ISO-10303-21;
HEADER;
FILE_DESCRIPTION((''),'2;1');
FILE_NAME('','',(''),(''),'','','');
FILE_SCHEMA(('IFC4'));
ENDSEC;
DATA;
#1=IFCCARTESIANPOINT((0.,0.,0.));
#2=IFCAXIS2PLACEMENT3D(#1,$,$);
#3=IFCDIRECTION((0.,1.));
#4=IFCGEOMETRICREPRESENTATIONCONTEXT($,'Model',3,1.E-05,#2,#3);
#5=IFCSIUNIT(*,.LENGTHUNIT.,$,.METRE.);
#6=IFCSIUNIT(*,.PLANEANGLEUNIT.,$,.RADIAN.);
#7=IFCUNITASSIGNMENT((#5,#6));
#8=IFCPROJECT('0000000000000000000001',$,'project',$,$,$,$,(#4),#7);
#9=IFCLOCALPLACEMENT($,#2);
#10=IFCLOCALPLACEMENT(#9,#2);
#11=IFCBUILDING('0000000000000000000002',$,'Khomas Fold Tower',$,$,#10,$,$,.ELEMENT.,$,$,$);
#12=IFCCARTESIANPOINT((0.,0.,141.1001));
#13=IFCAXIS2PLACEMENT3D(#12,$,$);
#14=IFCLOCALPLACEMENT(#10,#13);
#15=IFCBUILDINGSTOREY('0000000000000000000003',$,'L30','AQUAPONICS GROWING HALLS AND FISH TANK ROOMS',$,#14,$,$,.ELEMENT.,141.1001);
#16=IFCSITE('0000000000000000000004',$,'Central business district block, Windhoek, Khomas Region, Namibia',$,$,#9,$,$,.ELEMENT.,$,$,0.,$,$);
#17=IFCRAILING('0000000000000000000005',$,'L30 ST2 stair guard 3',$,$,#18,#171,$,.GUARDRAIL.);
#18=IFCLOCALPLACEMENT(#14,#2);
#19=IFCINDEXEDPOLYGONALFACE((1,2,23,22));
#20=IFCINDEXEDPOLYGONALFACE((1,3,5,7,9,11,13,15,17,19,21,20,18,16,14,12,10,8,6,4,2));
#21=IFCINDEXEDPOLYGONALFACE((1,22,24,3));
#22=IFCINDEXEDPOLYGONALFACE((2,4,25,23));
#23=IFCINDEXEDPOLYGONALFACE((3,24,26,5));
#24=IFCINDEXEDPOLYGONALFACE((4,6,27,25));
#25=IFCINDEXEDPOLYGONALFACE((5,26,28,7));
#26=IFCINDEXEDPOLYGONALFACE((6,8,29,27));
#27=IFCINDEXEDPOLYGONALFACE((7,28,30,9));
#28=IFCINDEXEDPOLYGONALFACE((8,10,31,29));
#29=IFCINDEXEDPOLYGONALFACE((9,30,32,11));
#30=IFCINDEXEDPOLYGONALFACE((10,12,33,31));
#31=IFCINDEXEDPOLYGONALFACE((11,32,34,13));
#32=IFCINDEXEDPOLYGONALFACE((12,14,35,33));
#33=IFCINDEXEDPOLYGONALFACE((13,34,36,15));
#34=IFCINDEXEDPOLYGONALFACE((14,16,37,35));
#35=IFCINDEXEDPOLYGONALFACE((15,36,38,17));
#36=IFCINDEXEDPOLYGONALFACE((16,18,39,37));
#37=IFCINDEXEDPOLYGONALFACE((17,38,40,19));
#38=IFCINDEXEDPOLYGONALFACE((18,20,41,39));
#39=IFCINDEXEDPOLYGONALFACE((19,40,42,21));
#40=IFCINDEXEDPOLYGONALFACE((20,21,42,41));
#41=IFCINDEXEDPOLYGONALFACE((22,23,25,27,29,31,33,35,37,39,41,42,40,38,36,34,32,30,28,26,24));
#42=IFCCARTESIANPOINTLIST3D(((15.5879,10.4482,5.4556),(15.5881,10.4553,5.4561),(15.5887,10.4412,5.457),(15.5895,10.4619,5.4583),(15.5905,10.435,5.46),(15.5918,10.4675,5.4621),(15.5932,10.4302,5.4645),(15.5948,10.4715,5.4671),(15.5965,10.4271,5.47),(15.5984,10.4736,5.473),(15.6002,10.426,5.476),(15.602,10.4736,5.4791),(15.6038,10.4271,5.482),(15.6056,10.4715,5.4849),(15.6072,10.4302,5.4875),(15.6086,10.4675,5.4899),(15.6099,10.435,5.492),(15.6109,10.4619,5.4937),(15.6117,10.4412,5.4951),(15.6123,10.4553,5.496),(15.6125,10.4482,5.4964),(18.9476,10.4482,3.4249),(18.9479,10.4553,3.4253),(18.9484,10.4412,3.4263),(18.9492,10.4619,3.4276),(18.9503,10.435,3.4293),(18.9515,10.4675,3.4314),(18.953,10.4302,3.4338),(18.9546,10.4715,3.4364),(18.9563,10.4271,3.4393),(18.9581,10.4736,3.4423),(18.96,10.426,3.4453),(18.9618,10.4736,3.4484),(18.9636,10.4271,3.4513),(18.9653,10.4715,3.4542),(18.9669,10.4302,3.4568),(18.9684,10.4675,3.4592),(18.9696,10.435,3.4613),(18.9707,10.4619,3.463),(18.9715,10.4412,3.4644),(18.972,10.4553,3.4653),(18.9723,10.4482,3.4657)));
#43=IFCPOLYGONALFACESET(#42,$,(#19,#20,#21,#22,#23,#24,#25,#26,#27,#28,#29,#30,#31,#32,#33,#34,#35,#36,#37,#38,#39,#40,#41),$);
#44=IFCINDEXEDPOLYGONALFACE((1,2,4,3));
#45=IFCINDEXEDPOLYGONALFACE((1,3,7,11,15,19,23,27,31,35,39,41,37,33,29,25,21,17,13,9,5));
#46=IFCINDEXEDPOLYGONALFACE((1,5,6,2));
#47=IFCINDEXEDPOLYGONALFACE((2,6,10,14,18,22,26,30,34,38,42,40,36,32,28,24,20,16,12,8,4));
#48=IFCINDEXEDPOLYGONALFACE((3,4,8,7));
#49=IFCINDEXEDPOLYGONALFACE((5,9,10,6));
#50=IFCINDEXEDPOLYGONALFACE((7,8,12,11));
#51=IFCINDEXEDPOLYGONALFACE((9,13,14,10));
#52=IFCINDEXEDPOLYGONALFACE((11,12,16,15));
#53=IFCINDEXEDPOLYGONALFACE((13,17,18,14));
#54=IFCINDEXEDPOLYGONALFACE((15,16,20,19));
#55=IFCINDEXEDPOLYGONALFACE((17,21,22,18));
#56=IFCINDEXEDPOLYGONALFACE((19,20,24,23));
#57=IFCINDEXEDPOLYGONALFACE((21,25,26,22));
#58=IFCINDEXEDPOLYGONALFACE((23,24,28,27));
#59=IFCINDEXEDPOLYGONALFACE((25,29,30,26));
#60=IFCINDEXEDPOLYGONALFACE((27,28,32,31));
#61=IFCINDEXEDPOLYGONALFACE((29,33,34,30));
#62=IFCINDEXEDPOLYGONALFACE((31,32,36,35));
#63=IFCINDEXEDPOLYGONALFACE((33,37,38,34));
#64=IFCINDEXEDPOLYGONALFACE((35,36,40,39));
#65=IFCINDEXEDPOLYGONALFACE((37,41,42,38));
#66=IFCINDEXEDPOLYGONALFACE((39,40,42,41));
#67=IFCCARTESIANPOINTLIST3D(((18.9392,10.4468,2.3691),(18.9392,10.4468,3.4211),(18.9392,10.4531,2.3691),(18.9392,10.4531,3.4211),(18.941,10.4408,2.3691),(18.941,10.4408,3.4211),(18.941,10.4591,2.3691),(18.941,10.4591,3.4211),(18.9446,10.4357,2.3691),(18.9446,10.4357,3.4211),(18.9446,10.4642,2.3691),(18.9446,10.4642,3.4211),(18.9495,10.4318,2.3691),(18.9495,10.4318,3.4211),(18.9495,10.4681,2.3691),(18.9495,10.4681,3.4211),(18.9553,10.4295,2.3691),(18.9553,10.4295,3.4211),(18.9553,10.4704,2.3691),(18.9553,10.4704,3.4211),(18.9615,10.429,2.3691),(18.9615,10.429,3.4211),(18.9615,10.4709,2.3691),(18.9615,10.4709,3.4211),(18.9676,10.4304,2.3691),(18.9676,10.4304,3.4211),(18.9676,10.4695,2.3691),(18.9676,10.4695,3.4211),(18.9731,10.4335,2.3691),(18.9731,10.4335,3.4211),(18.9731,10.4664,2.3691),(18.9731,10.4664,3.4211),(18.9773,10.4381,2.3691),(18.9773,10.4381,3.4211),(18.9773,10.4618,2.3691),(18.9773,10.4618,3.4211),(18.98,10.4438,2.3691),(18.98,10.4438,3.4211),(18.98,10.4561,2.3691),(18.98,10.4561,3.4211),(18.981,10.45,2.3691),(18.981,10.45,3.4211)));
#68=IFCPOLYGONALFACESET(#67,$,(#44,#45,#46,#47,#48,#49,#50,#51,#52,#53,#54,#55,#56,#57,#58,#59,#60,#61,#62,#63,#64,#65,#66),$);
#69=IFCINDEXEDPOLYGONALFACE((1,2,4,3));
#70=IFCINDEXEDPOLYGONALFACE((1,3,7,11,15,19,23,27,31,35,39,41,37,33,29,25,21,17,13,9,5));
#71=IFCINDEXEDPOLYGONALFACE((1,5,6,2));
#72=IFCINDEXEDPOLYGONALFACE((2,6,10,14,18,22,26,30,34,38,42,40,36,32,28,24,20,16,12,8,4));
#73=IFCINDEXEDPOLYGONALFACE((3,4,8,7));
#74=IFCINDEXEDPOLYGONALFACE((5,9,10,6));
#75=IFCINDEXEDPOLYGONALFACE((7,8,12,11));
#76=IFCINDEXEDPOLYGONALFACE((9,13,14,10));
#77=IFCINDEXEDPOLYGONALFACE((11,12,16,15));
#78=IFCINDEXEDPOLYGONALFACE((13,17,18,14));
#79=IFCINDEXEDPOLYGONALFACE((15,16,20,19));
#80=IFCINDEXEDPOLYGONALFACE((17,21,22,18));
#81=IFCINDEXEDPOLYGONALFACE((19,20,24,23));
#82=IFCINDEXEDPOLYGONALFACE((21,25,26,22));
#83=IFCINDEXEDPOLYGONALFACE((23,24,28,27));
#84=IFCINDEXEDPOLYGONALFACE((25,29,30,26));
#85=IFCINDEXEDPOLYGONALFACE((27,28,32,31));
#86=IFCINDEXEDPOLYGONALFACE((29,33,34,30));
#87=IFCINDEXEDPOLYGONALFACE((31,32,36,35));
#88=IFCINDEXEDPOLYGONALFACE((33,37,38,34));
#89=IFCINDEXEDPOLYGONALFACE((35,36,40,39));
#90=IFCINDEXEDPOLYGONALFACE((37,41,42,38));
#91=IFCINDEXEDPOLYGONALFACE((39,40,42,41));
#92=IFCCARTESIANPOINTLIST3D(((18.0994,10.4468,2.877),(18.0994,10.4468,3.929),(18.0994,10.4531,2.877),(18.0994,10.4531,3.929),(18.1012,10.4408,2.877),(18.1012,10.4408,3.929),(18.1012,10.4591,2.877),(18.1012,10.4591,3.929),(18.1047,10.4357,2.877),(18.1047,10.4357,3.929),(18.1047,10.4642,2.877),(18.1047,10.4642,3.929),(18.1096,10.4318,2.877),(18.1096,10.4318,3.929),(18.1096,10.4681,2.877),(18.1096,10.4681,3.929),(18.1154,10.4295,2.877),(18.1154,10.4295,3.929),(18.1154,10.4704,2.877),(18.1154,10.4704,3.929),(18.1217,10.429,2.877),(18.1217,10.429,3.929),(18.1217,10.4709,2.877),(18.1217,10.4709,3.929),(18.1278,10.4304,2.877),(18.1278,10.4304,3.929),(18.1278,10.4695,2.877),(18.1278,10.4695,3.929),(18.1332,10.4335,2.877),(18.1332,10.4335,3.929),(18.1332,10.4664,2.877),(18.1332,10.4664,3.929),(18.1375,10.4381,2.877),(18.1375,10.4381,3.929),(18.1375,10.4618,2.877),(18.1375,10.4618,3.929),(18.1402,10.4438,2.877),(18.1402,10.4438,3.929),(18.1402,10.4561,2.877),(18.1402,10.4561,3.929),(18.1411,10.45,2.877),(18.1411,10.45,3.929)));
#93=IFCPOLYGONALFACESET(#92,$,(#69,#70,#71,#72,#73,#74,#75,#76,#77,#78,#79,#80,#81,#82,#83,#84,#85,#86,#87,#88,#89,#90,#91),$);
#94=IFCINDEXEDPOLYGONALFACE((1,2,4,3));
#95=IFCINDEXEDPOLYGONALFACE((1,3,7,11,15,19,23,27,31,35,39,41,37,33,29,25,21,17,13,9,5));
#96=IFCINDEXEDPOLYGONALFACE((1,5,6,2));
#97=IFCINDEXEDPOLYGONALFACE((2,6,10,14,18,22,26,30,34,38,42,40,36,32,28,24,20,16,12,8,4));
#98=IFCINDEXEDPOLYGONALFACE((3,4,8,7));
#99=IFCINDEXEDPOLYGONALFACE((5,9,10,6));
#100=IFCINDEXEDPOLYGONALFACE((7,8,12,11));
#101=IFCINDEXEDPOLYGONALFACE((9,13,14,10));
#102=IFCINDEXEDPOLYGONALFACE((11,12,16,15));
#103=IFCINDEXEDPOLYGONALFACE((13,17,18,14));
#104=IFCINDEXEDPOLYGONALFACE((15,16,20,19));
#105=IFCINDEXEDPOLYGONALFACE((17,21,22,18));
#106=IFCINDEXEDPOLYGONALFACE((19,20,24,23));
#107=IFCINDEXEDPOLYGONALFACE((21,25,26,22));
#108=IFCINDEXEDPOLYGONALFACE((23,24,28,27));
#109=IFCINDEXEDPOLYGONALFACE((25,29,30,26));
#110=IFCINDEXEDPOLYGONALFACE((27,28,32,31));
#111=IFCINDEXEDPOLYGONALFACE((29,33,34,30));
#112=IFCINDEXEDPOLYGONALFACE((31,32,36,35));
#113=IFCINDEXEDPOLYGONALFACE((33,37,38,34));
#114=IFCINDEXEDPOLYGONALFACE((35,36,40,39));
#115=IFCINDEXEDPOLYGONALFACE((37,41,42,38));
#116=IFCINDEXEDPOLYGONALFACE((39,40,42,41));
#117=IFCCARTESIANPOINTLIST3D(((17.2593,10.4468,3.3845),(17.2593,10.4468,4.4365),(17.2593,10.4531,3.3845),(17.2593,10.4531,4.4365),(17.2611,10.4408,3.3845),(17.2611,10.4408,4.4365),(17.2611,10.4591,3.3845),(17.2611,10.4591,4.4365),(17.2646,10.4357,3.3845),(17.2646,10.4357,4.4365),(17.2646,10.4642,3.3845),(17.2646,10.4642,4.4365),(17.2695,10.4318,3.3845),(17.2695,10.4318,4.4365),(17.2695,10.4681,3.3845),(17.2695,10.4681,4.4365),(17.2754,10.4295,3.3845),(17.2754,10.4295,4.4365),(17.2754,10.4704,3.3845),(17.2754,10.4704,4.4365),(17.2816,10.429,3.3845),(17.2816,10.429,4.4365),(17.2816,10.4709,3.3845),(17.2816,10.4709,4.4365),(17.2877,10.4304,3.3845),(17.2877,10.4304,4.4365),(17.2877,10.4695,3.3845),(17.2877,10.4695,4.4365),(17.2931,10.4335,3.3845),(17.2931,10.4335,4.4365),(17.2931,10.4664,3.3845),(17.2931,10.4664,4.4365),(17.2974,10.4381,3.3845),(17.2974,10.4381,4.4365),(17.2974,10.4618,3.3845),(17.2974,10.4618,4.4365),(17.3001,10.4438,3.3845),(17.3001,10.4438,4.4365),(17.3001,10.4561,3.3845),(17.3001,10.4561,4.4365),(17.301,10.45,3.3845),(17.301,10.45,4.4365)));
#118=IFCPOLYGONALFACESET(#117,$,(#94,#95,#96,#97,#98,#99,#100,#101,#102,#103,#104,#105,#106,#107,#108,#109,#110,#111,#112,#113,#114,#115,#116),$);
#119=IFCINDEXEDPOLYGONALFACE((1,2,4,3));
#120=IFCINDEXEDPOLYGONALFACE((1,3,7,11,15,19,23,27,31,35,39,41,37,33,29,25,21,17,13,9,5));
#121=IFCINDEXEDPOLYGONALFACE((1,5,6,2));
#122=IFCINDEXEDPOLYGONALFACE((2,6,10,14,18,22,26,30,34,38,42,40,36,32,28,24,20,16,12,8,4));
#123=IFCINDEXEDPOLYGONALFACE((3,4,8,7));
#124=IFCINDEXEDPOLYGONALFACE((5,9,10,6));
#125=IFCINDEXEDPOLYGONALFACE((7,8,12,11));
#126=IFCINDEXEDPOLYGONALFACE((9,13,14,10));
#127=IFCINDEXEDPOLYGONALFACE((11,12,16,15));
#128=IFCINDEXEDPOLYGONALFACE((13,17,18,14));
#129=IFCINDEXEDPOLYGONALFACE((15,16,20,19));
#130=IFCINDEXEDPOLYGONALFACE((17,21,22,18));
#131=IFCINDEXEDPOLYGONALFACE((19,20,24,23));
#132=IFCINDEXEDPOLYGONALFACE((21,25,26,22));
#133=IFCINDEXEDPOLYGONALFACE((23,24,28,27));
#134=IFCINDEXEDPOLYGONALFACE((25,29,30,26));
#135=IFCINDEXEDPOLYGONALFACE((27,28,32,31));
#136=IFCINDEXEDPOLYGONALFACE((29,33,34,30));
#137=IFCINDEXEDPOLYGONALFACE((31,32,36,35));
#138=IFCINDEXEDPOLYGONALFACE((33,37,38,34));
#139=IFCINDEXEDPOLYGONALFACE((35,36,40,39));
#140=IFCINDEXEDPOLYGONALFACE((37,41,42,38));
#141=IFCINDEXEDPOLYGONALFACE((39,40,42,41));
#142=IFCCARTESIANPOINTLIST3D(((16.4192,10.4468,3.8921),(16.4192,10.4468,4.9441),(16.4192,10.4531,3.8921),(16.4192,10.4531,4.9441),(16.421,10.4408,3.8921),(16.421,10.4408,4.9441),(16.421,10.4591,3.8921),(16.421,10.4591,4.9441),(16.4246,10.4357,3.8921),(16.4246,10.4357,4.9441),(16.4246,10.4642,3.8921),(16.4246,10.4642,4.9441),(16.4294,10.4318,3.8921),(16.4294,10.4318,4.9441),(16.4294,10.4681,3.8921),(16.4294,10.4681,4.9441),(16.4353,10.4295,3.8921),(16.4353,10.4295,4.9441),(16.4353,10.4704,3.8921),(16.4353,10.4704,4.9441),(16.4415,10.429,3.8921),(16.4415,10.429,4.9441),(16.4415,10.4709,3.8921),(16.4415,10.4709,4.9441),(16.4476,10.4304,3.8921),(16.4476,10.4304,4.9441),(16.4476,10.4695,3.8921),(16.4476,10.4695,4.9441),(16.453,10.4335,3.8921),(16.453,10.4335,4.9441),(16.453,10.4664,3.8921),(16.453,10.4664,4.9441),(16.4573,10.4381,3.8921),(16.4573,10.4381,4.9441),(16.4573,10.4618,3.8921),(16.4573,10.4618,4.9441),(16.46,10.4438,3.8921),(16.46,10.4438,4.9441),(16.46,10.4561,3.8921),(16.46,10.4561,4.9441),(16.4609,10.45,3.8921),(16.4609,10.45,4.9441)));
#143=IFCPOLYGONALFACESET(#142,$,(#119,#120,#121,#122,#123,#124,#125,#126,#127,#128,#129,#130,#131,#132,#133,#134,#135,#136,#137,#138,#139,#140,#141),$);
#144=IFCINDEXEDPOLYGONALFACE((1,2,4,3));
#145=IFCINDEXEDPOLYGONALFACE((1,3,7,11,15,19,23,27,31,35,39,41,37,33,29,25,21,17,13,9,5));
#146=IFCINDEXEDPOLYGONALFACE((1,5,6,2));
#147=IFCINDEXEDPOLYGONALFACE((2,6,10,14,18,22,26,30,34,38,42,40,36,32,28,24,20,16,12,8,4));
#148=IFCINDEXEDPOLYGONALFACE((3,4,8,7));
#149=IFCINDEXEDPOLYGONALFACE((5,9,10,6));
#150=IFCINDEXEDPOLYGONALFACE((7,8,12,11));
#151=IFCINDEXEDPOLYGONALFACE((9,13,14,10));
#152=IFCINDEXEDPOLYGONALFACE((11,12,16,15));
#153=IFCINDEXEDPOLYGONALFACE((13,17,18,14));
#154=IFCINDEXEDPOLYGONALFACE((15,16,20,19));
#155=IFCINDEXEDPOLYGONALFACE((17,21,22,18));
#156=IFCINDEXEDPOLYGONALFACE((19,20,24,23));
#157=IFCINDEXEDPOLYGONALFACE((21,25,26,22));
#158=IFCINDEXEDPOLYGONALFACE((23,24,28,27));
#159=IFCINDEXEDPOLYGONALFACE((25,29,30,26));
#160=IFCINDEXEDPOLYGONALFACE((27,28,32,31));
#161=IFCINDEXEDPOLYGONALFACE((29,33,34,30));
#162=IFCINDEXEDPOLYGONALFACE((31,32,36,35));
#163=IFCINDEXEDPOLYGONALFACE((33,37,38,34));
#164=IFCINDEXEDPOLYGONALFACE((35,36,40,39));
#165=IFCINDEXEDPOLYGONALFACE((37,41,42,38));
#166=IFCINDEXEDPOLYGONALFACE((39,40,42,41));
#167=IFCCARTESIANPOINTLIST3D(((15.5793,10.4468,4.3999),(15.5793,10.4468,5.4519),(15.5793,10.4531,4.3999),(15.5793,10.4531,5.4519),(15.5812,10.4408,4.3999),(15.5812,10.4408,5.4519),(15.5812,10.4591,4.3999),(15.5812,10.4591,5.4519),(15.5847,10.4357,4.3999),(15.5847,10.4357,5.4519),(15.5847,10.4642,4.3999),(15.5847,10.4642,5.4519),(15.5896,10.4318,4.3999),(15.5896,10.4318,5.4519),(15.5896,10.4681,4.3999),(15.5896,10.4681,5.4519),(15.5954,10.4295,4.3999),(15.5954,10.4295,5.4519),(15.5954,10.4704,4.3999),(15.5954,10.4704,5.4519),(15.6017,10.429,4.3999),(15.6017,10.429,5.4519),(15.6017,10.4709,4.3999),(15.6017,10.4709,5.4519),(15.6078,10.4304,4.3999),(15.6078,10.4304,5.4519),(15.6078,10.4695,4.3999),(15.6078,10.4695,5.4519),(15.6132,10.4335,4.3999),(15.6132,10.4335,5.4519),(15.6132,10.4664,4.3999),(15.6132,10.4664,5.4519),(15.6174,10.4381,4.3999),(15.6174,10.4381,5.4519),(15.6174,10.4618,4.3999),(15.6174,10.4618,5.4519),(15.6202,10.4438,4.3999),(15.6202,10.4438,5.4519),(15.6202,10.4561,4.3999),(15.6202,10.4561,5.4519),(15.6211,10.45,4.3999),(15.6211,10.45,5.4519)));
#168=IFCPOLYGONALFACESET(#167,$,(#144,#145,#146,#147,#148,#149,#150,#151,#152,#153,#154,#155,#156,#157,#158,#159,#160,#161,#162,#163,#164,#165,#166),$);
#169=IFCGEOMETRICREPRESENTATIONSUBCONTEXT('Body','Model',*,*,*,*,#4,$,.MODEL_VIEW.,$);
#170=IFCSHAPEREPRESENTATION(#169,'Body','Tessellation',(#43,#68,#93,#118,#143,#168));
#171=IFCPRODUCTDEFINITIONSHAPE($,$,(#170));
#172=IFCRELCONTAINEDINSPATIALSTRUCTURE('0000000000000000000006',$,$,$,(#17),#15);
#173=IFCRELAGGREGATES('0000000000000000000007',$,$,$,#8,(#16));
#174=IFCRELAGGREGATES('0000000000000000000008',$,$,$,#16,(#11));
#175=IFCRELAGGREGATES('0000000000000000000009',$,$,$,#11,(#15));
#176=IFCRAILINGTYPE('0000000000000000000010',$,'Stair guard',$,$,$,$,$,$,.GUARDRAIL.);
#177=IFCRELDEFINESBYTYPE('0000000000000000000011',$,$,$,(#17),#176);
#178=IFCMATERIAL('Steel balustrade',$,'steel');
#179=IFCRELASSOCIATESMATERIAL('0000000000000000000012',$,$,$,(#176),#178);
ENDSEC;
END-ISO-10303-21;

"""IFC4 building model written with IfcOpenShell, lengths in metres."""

from ifc_helpers import new_model, si_unit, direction, frame, origin, origin_2d, place, context, subcontext, project, spatial, circle, extrude, source, transform, mapped, material, type_object, element, save


model = new_model("IFC4")

# Units and contexts
model_context = context("Model", 3, precision=1e-05, world=origin(), true_north=direction((0.0, 1.0)))
body_context = subcontext(model_context, "Body", "Model", "MODEL_VIEW")
ifc_project = project(units=[si_unit("LENGTHUNIT", "METRE"), si_unit("PLANEANGLEUNIT", "RADIAN")], contexts=[model_context])

# Site, building, storey
site_placement = place(None, origin())
site = spatial("IfcSite", under=ifc_project, at=site_placement, Name="Central business district block, Windhoek, Khomas Region, Namibia", CompositionType="ELEMENT", RefElevation=0.0)
building_placement = place(site_placement, origin())
building = spatial("IfcBuilding", under=site, at=building_placement, Name="Khomas Fold Tower", CompositionType="ELEMENT")
storey_placement = place(building_placement, frame((0.0, 0.0, 141.1001)))
storey = spatial("IfcBuildingStorey", under=building, at=storey_placement, Name="L30", Description="AQUAPONICS GROWING HALLS AND FISH TANK ROOMS", CompositionType="ELEMENT", Elevation=141.1001)

# Railing
ifc_material_1 = material(Name="Steel balustrade", Category="steel")
railing_type_1 = type_object("IfcRailingType", Name="Stair guard", PredefinedType="GUARDRAIL", material=ifc_material_1)
shared_shape_1 = source(origin(), body_context, "Body", "SweptSolid", [
    extrude(circle(Radius=0.0239, at=origin_2d()), frame((0.0, 0.0, 1.0762), z_axis=(-0.85582, 0.0, 0.517273), x_axis=(0.0, -1.0, 0.0)), (0.0, 0.0, 1.0), 3.9258),
    extrude(circle(Radius=0.021, at=origin_2d()), origin(), (0.0, 0.0, 1.0), 1.052),
    extrude(circle(Radius=0.021, at=origin_2d()), frame((-0.8398, 0.0, 0.5078)), (0.0, 0.0, 1.0), 1.052),
    extrude(circle(Radius=0.021, at=origin_2d()), frame((-1.6799, 0.0, 1.0154)), (0.0, 0.0, 1.0), 1.052),
    extrude(circle(Radius=0.021, at=origin_2d()), frame((-2.52, 0.0, 1.5229)), (0.0, 0.0, 1.0), 1.052),
    extrude(circle(Radius=0.021, at=origin_2d()), frame((-3.3599, 0.0, 2.0308)), (0.0, 0.0, 1.0), 1.052),
])
railing_1_placement = place(storey_placement, frame((18.96, 10.45, 2.3691)))
element("IfcRailing", 1, at=railing_1_placement, inside=storey, type_object=railing_type_1, Name="L30 ST2 stair guard 3", PredefinedType="GUARDRAIL", context=body_context, shape_type="MappedRepresentation", body=[
    mapped(shared_shape_1, transform((0.0, 0.0, 0.0))),
])

save(model, "model.ifc")
